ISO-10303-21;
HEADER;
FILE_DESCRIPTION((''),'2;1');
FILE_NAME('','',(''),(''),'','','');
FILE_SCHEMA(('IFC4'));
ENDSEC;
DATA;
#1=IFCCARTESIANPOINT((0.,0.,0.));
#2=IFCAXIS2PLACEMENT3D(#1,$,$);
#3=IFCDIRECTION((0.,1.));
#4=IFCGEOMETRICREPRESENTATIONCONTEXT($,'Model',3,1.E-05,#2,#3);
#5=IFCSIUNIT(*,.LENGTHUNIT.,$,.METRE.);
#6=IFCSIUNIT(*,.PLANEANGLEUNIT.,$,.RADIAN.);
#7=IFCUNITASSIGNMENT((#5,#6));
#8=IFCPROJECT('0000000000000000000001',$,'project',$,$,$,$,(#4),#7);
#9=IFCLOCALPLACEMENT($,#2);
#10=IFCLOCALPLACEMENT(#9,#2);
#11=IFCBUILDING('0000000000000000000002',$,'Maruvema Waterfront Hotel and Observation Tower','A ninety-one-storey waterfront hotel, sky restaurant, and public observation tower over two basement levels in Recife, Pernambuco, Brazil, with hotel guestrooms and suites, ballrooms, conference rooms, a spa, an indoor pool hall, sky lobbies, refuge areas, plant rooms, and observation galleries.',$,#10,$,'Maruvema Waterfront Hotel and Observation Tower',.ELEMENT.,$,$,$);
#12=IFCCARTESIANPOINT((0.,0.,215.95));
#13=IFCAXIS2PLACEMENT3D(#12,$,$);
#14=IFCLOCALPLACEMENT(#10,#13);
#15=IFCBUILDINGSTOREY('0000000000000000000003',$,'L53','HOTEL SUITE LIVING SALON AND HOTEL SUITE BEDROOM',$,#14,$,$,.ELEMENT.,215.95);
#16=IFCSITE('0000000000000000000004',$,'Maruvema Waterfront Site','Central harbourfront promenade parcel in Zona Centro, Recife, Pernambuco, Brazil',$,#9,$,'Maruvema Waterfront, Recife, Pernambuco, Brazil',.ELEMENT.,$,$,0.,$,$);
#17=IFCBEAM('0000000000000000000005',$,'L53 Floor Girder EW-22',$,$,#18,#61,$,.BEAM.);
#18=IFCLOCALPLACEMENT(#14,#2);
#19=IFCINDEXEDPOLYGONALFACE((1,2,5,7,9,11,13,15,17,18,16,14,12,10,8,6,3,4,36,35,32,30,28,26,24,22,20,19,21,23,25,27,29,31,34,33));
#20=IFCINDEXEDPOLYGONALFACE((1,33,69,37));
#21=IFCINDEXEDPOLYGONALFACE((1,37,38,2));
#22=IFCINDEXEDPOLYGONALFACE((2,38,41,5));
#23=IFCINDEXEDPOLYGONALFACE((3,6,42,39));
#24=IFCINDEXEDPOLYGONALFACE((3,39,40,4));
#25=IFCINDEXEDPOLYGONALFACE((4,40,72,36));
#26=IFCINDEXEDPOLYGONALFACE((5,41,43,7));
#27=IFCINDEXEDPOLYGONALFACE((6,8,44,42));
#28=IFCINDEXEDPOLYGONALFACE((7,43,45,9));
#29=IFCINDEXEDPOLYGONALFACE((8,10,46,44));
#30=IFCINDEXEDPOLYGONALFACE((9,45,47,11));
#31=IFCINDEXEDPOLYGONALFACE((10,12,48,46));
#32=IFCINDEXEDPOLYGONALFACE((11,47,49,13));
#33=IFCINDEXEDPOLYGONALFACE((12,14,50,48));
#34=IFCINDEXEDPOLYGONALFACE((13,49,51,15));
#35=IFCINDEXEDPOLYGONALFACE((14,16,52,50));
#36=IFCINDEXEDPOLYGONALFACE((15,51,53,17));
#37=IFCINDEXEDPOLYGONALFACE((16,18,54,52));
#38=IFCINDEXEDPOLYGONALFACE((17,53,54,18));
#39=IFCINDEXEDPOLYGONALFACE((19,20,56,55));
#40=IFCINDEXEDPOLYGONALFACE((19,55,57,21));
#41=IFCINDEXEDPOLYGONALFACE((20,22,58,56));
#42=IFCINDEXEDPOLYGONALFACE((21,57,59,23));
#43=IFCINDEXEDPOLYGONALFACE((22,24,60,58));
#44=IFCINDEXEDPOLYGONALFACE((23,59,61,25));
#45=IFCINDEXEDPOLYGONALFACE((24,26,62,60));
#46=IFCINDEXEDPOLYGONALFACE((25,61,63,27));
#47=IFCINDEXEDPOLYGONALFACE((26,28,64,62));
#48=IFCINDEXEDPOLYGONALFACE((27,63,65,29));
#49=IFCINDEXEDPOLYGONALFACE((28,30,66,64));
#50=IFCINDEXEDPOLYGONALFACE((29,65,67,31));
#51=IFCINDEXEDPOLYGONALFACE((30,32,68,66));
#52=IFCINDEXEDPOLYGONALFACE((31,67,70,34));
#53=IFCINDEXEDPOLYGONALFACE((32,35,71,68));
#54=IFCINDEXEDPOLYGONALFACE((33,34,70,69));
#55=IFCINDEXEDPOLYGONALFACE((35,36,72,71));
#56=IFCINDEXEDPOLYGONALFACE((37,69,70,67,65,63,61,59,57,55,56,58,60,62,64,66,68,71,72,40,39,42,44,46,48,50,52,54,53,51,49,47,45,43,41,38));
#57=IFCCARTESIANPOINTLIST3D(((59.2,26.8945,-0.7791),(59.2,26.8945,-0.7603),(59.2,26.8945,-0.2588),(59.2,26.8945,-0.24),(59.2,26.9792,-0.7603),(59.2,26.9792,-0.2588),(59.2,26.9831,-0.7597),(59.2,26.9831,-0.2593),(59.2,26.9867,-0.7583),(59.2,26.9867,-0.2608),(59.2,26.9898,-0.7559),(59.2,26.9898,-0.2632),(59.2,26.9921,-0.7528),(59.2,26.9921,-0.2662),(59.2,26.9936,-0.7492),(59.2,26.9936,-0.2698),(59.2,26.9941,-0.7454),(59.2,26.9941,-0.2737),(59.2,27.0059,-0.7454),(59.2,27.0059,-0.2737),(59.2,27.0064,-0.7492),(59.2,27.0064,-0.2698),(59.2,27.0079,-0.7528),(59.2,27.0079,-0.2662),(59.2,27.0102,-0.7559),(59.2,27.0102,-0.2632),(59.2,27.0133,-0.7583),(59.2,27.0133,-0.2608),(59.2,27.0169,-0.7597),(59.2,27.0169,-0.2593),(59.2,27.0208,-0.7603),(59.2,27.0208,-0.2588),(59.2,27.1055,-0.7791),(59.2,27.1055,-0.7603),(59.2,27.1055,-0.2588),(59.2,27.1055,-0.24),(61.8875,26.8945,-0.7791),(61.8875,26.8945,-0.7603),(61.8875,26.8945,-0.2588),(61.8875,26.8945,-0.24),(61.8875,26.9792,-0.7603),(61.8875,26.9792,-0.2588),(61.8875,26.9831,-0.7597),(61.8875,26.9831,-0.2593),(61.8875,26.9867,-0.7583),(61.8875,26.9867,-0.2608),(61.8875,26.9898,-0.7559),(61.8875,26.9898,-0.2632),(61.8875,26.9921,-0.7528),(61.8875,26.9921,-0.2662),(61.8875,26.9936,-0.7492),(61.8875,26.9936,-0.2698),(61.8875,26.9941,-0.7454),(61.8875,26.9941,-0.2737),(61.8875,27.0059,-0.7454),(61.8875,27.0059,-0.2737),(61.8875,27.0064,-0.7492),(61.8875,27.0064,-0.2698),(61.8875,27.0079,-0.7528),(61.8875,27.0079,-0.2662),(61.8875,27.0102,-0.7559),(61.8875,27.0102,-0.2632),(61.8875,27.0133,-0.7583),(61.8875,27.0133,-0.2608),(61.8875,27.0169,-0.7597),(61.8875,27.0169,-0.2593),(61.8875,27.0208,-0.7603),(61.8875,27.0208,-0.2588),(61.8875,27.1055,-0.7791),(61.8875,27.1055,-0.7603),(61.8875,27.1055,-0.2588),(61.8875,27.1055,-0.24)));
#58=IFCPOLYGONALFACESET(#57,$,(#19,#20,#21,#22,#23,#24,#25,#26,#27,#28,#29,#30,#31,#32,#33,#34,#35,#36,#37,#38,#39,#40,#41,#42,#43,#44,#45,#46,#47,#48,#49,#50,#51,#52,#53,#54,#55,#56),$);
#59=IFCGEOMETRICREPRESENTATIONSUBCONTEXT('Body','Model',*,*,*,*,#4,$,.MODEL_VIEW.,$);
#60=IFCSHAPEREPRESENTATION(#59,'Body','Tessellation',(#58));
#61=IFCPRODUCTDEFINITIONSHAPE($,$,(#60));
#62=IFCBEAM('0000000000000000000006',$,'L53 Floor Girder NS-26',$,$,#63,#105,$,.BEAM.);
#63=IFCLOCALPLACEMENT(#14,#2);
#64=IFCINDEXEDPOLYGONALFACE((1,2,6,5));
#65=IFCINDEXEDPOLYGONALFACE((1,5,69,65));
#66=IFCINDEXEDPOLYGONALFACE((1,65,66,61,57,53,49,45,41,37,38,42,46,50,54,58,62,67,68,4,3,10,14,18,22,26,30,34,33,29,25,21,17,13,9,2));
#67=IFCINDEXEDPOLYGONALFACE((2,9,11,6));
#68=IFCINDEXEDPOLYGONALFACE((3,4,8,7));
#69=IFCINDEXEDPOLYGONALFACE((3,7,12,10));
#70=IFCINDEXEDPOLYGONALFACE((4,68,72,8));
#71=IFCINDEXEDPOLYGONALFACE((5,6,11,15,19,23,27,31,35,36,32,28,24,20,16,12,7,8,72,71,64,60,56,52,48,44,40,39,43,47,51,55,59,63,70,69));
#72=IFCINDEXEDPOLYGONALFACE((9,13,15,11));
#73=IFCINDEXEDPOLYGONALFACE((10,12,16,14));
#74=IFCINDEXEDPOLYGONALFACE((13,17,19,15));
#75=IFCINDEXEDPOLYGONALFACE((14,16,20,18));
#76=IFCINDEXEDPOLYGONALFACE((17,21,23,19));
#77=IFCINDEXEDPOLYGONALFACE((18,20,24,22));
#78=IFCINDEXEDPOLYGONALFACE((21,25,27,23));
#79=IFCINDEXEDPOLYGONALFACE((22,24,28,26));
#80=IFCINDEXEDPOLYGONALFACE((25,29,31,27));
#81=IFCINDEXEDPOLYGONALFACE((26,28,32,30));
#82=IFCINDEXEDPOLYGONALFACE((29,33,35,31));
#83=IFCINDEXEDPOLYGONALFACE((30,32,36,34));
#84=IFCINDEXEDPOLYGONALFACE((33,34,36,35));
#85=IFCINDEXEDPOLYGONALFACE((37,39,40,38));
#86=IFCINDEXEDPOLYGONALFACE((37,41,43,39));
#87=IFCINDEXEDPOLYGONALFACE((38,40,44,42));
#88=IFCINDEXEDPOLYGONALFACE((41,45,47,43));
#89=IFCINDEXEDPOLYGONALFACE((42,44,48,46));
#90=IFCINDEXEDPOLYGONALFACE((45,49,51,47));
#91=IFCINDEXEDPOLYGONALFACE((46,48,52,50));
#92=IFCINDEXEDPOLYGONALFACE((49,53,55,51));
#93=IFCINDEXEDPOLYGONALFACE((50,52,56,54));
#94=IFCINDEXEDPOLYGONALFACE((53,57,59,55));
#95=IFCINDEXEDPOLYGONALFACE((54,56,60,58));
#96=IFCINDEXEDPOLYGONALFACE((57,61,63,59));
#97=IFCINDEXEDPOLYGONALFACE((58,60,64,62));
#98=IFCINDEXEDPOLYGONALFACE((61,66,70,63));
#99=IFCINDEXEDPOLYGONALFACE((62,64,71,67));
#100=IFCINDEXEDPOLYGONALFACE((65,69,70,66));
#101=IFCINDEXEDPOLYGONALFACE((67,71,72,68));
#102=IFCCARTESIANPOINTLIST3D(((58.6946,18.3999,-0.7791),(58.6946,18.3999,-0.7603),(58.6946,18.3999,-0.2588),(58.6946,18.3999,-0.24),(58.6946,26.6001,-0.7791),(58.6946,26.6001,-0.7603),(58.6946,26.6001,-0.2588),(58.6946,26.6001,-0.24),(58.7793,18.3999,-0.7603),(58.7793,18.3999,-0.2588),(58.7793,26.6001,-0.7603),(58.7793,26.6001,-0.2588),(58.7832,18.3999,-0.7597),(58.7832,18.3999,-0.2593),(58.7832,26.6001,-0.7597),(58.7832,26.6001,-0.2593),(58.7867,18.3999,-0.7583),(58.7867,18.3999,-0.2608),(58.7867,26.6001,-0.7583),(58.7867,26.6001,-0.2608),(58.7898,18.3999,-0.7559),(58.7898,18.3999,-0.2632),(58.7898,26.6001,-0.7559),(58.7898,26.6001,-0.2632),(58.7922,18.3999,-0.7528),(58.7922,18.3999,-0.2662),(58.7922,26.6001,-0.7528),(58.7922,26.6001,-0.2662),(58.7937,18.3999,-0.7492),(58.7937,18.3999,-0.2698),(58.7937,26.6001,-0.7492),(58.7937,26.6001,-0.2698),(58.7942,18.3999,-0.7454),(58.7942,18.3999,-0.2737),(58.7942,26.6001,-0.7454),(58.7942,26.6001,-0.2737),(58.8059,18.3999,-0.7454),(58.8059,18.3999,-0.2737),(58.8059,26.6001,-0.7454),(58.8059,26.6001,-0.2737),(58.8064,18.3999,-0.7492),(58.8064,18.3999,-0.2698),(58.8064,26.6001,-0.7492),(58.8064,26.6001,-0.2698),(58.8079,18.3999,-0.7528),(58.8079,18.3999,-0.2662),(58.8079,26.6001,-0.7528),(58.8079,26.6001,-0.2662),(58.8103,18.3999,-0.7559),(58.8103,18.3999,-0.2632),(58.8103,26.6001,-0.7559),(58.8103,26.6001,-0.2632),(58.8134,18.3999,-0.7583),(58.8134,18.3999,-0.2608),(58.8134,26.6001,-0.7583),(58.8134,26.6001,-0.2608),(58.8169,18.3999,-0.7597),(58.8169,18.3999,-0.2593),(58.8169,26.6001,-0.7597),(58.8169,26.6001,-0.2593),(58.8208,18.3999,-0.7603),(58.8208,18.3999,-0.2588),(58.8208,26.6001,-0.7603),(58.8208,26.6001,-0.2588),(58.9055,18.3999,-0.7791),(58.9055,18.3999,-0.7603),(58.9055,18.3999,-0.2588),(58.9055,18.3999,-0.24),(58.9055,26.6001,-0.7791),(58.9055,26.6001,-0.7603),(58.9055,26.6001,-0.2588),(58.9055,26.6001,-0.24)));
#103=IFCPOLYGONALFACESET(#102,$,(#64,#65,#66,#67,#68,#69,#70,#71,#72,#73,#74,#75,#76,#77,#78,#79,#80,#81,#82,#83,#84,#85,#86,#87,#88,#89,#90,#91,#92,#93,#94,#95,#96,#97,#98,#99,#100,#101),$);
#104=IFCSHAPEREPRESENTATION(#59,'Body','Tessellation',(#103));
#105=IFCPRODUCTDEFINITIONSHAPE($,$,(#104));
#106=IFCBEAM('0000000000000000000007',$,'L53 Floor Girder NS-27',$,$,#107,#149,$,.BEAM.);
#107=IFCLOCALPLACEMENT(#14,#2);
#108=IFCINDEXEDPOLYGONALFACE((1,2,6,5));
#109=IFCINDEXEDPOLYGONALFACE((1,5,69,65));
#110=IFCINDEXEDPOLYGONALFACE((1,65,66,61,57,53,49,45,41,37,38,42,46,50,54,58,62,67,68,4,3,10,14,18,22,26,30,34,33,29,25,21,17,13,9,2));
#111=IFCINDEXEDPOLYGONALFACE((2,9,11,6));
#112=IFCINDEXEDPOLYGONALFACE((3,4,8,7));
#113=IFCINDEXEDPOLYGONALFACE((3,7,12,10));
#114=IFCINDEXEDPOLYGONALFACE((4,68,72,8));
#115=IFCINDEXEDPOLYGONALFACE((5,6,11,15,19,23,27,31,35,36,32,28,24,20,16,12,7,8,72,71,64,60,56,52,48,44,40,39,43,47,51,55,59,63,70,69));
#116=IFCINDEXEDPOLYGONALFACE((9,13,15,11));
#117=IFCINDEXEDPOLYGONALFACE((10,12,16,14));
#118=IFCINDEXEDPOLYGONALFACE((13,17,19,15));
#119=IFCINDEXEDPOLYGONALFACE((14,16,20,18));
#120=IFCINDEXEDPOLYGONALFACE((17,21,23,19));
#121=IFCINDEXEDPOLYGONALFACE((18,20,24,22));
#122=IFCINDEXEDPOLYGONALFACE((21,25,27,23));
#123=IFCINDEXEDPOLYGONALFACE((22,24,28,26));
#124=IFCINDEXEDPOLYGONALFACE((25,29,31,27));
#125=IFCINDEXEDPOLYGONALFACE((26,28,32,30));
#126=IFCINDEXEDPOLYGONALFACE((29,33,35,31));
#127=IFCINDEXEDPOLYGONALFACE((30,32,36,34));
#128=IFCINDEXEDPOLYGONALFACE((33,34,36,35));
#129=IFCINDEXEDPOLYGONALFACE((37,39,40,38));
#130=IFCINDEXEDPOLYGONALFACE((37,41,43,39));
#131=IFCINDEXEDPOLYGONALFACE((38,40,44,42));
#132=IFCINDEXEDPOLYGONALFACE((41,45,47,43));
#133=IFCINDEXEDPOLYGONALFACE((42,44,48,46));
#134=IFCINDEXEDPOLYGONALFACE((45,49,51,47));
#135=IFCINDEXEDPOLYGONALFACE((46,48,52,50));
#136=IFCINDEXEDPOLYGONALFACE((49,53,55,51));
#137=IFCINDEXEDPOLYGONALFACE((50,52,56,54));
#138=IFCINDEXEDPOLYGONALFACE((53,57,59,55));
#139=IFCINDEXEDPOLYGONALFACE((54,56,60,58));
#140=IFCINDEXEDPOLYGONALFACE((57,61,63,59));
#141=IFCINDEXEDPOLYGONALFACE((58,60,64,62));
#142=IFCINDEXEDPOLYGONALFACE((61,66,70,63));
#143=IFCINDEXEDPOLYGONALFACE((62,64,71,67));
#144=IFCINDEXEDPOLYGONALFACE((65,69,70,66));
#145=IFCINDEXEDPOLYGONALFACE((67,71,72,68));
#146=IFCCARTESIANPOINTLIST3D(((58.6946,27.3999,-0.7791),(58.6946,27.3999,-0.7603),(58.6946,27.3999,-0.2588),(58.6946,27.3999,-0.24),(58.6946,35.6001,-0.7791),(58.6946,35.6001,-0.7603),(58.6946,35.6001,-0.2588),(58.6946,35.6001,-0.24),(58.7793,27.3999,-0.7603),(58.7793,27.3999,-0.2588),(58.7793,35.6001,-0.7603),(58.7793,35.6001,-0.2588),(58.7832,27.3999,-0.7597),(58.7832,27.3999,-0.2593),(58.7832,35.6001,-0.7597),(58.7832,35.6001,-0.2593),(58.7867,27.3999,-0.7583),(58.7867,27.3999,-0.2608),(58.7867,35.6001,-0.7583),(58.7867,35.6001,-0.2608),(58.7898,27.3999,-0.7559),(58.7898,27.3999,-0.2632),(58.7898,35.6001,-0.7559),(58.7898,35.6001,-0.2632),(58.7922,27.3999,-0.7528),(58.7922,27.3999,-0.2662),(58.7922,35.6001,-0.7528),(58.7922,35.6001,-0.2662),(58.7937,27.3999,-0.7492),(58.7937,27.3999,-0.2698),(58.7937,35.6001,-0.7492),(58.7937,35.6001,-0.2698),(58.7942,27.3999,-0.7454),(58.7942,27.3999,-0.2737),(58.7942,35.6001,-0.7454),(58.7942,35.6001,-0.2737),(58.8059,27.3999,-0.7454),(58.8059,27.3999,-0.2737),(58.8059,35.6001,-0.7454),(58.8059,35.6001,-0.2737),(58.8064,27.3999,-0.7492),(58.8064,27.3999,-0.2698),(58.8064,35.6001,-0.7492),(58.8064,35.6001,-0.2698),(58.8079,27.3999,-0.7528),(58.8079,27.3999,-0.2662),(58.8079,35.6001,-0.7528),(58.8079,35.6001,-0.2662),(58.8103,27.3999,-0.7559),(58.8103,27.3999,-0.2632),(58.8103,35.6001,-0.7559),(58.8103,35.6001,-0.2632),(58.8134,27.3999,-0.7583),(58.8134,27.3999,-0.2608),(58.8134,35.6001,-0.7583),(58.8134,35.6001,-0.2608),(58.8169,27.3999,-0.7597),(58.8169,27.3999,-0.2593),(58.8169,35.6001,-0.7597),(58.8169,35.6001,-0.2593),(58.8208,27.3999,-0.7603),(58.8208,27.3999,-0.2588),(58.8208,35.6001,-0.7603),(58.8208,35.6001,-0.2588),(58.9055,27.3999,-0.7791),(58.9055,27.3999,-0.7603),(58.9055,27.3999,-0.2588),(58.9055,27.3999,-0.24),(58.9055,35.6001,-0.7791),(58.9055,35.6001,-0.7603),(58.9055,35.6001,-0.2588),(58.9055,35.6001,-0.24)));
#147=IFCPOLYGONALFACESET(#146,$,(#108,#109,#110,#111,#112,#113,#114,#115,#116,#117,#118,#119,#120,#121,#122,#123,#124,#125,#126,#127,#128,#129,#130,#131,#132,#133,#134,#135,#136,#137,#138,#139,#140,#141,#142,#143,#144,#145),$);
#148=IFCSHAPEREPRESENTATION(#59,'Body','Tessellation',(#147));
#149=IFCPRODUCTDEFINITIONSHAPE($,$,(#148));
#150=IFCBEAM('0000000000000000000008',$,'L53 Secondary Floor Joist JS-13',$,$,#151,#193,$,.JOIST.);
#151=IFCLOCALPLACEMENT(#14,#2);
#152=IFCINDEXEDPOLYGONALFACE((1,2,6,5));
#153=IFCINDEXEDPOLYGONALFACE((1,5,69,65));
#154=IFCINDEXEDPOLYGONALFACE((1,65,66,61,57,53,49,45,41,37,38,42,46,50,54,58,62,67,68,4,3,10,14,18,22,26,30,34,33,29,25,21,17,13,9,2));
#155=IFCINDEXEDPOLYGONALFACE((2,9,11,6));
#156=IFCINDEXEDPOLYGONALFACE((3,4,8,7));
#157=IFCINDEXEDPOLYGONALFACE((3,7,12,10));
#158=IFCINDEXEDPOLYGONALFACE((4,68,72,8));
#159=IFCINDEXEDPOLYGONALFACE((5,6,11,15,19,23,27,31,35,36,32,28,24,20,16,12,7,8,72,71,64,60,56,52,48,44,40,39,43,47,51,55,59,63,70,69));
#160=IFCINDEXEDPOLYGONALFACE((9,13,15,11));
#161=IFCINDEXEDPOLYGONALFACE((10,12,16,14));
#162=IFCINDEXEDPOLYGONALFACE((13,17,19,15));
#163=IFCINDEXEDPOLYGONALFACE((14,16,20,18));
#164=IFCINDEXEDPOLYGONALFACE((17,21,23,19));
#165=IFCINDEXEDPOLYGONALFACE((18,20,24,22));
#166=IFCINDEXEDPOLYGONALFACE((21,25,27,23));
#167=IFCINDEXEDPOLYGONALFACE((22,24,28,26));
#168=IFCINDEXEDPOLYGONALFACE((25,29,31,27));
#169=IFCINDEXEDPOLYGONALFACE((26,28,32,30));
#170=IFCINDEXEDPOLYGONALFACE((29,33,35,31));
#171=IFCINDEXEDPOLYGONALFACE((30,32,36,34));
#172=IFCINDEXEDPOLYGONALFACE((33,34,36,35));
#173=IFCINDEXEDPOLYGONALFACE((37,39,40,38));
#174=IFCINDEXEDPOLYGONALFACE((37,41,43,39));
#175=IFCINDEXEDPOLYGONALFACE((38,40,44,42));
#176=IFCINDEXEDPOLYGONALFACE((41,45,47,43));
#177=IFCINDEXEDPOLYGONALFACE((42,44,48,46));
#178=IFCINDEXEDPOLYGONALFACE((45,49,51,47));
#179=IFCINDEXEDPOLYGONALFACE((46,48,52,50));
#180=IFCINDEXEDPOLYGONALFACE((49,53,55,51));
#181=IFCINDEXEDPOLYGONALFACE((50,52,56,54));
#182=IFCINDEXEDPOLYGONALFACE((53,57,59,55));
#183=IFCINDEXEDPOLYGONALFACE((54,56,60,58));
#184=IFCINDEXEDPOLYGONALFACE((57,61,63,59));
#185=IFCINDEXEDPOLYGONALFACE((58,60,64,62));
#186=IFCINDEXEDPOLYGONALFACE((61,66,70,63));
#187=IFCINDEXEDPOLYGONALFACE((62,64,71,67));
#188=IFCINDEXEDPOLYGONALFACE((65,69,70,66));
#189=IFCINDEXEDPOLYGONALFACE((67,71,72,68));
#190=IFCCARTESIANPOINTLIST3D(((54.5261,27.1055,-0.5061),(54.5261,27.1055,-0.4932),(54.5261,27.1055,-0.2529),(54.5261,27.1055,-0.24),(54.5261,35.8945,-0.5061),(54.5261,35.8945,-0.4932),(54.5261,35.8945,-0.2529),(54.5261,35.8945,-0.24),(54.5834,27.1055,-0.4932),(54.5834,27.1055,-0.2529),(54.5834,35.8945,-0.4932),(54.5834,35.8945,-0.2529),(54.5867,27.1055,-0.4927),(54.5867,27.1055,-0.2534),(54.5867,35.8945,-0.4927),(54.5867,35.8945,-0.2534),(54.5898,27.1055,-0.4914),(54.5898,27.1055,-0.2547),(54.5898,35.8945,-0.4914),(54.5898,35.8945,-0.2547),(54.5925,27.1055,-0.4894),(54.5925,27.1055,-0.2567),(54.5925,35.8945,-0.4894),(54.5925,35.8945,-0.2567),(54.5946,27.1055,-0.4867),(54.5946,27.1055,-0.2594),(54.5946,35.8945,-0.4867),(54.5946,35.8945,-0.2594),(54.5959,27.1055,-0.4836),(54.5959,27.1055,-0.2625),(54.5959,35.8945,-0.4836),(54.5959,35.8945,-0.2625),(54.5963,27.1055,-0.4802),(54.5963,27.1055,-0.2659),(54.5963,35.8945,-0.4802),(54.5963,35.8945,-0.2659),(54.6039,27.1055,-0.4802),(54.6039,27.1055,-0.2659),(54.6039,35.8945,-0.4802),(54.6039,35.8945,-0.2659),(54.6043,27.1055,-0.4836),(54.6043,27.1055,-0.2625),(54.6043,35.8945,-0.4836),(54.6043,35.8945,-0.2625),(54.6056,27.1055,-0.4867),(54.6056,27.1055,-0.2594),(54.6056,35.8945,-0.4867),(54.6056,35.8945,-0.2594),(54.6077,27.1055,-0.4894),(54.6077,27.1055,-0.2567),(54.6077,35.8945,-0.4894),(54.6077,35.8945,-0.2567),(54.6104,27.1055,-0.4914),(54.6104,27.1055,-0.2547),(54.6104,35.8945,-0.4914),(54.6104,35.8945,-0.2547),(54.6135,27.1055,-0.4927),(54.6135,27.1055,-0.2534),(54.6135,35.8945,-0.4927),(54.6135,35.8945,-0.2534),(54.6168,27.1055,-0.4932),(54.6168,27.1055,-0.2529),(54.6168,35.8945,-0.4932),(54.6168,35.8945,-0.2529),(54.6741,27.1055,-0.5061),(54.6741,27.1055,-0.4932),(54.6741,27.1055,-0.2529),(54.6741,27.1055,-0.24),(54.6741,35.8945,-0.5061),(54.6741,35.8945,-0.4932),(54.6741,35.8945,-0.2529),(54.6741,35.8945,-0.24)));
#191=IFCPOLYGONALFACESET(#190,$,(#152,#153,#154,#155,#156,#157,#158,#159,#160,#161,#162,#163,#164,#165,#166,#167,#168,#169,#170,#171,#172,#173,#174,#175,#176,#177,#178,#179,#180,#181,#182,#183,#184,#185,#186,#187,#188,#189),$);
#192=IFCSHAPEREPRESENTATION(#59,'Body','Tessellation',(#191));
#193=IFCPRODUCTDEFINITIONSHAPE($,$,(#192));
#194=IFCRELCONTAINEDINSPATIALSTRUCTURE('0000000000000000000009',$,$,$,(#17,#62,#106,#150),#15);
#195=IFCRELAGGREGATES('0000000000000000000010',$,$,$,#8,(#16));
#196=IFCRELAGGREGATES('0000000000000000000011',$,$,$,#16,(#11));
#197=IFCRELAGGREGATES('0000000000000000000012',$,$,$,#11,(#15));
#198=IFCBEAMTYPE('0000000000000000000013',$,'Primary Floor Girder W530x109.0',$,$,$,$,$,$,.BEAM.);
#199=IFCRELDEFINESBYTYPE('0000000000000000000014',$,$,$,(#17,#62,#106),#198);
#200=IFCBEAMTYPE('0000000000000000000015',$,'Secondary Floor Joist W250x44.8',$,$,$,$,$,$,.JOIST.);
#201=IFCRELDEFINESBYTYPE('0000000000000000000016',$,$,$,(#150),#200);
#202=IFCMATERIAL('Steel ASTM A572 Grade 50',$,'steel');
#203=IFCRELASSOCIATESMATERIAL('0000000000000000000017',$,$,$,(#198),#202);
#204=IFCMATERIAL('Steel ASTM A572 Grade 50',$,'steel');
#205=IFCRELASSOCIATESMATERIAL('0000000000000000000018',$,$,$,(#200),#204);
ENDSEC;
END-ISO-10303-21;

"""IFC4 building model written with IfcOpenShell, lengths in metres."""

from ifc_helpers import new_model, si_unit, direction, frame, origin, origin_2d, place, context, subcontext, project, spatial, i_section, extrude, material, material_profile, profile_set, type_object, element, save


model = new_model("IFC4")

# Units and contexts
model_context = context("Model", 3, precision=1e-05, world=origin(), true_north=direction((0.0, 1.0)))
body_context = subcontext(model_context, "Body", "Model", "MODEL_VIEW")
ifc_project = project(units=[si_unit("LENGTHUNIT", "METRE"), si_unit("PLANEANGLEUNIT", "RADIAN")], contexts=[model_context])

# Site, building, storey
site_placement = place(None, origin())
site = spatial("IfcSite", under=ifc_project, at=site_placement, Name="Maruvema Waterfront Site", Description="Central harbourfront promenade parcel in Zona Centro, Recife, Pernambuco, Brazil", LongName="Maruvema Waterfront, Recife, Pernambuco, Brazil", CompositionType="ELEMENT", RefElevation=0.0)
building_placement = place(site_placement, origin())
building = spatial("IfcBuilding", under=site, at=building_placement, Name="Maruvema Waterfront Hotel and Observation Tower", Description="A ninety-one-storey waterfront hotel, sky restaurant, and public observation tower over two basement levels in Recife, Pernambuco, Brazil, with hotel guestrooms and suites, ballrooms, conference rooms, a spa, an indoor pool hall, sky lobbies, refuge areas, plant rooms, and observation galleries.", LongName="Maruvema Waterfront Hotel and Observation Tower", CompositionType="ELEMENT")
storey_placement = place(building_placement, frame((0.0, 0.0, 215.95)))
storey = spatial("IfcBuildingStorey", under=building, at=storey_placement, Name="L53", Description="HOTEL SUITE LIVING SALON AND HOTEL SUITE BEDROOM", CompositionType="ELEMENT", Elevation=215.95)

# Beams
ifc_material_1 = material(Name="Steel ASTM A572 Grade 50", Category="steel")
ifc_material_profile_1 = material_profile(ifc_material_1, i_section(OverallWidth=0.2109, OverallDepth=0.5391, WebThickness=0.0117, FlangeThickness=0.0188, FilletRadius=0.0149, at=origin_2d()), Name="W530x109.0")
ifc_profile_set_1 = profile_set([ifc_material_profile_1], Name="Steel ASTM A572 Grade 50")
beam_type_1 = type_object("IfcBeamType", Name="Primary Floor Girder W530x109.0", PredefinedType="BEAM", material=ifc_profile_set_1)
for number, where, z_axis, x_axis, name in (
    (1, (59.2, 27.0, -0.5095), (1.0, 0.0, 0.0), (0.0, 1.0, 0.0), "L53 Floor Girder EW-22"),
):
    element("IfcBeam", number, at=place(storey_placement, frame(where, z_axis=z_axis, x_axis=x_axis)), inside=storey, type_object=beam_type_1, Name=name, PredefinedType="BEAM", context=body_context, shape_type="SweptSolid", body=[
        extrude(i_section(OverallWidth=0.2109, OverallDepth=0.5391, WebThickness=0.0117, FlangeThickness=0.0188, FilletRadius=0.0149, at=origin_2d()), origin(), (0.0, 0.0, 1.0), 2.6875),
    ])
for number, where, z_axis, x_axis, name in (
    (2, (58.8, 18.3999, -0.5095), (0.0, 1.0, 0.0), (-1.0, 0.0, 0.0), "L53 Floor Girder NS-26"),
    (3, (58.8, 27.3999, -0.5095), (0.0, 1.0, 0.0), (-1.0, 0.0, 0.0), "L53 Floor Girder NS-27"),
):
    element("IfcBeam", number, at=place(storey_placement, frame(where, z_axis=z_axis, x_axis=x_axis)), inside=storey, type_object=beam_type_1, Name=name, PredefinedType="BEAM", context=body_context, shape_type="SweptSolid", body=[
        extrude(i_section(OverallWidth=0.2109, OverallDepth=0.5391, WebThickness=0.0117, FlangeThickness=0.0188, FilletRadius=0.0149, at=origin_2d()), origin(), (0.0, 0.0, 1.0), 8.2002),
    ])
ifc_material_2 = material(Name="Steel ASTM A572 Grade 50", Category="steel")
ifc_material_profile_2 = material_profile(ifc_material_2, i_section(OverallWidth=0.1479, OverallDepth=0.2661, WebThickness=0.0076, FlangeThickness=0.0129, FilletRadius=0.0129, at=origin_2d()), Name="W250x44.8")
ifc_profile_set_2 = profile_set([ifc_material_profile_2], Name="Steel ASTM A572 Grade 50")
beam_type_2 = type_object("IfcBeamType", Name="Secondary Floor Joist W250x44.8", PredefinedType="JOIST", material=ifc_profile_set_2)
beam_1_placement = place(storey_placement, frame((54.6001, 27.1055, -0.373), z_axis=(0.0, 1.0, 0.0), x_axis=(-1.0, 0.0, 0.0)))
element("IfcBeam", 4, at=beam_1_placement, inside=storey, type_object=beam_type_2, Name="L53 Secondary Floor Joist JS-13", PredefinedType="JOIST", context=body_context, shape_type="SweptSolid", body=[
    extrude(i_section(OverallWidth=0.1479, OverallDepth=0.2661, WebThickness=0.0076, FlangeThickness=0.0129, FilletRadius=0.0129, at=origin_2d()), origin(), (0.0, 0.0, 1.0), 8.7891),
])

save(model, "model.ifc")
